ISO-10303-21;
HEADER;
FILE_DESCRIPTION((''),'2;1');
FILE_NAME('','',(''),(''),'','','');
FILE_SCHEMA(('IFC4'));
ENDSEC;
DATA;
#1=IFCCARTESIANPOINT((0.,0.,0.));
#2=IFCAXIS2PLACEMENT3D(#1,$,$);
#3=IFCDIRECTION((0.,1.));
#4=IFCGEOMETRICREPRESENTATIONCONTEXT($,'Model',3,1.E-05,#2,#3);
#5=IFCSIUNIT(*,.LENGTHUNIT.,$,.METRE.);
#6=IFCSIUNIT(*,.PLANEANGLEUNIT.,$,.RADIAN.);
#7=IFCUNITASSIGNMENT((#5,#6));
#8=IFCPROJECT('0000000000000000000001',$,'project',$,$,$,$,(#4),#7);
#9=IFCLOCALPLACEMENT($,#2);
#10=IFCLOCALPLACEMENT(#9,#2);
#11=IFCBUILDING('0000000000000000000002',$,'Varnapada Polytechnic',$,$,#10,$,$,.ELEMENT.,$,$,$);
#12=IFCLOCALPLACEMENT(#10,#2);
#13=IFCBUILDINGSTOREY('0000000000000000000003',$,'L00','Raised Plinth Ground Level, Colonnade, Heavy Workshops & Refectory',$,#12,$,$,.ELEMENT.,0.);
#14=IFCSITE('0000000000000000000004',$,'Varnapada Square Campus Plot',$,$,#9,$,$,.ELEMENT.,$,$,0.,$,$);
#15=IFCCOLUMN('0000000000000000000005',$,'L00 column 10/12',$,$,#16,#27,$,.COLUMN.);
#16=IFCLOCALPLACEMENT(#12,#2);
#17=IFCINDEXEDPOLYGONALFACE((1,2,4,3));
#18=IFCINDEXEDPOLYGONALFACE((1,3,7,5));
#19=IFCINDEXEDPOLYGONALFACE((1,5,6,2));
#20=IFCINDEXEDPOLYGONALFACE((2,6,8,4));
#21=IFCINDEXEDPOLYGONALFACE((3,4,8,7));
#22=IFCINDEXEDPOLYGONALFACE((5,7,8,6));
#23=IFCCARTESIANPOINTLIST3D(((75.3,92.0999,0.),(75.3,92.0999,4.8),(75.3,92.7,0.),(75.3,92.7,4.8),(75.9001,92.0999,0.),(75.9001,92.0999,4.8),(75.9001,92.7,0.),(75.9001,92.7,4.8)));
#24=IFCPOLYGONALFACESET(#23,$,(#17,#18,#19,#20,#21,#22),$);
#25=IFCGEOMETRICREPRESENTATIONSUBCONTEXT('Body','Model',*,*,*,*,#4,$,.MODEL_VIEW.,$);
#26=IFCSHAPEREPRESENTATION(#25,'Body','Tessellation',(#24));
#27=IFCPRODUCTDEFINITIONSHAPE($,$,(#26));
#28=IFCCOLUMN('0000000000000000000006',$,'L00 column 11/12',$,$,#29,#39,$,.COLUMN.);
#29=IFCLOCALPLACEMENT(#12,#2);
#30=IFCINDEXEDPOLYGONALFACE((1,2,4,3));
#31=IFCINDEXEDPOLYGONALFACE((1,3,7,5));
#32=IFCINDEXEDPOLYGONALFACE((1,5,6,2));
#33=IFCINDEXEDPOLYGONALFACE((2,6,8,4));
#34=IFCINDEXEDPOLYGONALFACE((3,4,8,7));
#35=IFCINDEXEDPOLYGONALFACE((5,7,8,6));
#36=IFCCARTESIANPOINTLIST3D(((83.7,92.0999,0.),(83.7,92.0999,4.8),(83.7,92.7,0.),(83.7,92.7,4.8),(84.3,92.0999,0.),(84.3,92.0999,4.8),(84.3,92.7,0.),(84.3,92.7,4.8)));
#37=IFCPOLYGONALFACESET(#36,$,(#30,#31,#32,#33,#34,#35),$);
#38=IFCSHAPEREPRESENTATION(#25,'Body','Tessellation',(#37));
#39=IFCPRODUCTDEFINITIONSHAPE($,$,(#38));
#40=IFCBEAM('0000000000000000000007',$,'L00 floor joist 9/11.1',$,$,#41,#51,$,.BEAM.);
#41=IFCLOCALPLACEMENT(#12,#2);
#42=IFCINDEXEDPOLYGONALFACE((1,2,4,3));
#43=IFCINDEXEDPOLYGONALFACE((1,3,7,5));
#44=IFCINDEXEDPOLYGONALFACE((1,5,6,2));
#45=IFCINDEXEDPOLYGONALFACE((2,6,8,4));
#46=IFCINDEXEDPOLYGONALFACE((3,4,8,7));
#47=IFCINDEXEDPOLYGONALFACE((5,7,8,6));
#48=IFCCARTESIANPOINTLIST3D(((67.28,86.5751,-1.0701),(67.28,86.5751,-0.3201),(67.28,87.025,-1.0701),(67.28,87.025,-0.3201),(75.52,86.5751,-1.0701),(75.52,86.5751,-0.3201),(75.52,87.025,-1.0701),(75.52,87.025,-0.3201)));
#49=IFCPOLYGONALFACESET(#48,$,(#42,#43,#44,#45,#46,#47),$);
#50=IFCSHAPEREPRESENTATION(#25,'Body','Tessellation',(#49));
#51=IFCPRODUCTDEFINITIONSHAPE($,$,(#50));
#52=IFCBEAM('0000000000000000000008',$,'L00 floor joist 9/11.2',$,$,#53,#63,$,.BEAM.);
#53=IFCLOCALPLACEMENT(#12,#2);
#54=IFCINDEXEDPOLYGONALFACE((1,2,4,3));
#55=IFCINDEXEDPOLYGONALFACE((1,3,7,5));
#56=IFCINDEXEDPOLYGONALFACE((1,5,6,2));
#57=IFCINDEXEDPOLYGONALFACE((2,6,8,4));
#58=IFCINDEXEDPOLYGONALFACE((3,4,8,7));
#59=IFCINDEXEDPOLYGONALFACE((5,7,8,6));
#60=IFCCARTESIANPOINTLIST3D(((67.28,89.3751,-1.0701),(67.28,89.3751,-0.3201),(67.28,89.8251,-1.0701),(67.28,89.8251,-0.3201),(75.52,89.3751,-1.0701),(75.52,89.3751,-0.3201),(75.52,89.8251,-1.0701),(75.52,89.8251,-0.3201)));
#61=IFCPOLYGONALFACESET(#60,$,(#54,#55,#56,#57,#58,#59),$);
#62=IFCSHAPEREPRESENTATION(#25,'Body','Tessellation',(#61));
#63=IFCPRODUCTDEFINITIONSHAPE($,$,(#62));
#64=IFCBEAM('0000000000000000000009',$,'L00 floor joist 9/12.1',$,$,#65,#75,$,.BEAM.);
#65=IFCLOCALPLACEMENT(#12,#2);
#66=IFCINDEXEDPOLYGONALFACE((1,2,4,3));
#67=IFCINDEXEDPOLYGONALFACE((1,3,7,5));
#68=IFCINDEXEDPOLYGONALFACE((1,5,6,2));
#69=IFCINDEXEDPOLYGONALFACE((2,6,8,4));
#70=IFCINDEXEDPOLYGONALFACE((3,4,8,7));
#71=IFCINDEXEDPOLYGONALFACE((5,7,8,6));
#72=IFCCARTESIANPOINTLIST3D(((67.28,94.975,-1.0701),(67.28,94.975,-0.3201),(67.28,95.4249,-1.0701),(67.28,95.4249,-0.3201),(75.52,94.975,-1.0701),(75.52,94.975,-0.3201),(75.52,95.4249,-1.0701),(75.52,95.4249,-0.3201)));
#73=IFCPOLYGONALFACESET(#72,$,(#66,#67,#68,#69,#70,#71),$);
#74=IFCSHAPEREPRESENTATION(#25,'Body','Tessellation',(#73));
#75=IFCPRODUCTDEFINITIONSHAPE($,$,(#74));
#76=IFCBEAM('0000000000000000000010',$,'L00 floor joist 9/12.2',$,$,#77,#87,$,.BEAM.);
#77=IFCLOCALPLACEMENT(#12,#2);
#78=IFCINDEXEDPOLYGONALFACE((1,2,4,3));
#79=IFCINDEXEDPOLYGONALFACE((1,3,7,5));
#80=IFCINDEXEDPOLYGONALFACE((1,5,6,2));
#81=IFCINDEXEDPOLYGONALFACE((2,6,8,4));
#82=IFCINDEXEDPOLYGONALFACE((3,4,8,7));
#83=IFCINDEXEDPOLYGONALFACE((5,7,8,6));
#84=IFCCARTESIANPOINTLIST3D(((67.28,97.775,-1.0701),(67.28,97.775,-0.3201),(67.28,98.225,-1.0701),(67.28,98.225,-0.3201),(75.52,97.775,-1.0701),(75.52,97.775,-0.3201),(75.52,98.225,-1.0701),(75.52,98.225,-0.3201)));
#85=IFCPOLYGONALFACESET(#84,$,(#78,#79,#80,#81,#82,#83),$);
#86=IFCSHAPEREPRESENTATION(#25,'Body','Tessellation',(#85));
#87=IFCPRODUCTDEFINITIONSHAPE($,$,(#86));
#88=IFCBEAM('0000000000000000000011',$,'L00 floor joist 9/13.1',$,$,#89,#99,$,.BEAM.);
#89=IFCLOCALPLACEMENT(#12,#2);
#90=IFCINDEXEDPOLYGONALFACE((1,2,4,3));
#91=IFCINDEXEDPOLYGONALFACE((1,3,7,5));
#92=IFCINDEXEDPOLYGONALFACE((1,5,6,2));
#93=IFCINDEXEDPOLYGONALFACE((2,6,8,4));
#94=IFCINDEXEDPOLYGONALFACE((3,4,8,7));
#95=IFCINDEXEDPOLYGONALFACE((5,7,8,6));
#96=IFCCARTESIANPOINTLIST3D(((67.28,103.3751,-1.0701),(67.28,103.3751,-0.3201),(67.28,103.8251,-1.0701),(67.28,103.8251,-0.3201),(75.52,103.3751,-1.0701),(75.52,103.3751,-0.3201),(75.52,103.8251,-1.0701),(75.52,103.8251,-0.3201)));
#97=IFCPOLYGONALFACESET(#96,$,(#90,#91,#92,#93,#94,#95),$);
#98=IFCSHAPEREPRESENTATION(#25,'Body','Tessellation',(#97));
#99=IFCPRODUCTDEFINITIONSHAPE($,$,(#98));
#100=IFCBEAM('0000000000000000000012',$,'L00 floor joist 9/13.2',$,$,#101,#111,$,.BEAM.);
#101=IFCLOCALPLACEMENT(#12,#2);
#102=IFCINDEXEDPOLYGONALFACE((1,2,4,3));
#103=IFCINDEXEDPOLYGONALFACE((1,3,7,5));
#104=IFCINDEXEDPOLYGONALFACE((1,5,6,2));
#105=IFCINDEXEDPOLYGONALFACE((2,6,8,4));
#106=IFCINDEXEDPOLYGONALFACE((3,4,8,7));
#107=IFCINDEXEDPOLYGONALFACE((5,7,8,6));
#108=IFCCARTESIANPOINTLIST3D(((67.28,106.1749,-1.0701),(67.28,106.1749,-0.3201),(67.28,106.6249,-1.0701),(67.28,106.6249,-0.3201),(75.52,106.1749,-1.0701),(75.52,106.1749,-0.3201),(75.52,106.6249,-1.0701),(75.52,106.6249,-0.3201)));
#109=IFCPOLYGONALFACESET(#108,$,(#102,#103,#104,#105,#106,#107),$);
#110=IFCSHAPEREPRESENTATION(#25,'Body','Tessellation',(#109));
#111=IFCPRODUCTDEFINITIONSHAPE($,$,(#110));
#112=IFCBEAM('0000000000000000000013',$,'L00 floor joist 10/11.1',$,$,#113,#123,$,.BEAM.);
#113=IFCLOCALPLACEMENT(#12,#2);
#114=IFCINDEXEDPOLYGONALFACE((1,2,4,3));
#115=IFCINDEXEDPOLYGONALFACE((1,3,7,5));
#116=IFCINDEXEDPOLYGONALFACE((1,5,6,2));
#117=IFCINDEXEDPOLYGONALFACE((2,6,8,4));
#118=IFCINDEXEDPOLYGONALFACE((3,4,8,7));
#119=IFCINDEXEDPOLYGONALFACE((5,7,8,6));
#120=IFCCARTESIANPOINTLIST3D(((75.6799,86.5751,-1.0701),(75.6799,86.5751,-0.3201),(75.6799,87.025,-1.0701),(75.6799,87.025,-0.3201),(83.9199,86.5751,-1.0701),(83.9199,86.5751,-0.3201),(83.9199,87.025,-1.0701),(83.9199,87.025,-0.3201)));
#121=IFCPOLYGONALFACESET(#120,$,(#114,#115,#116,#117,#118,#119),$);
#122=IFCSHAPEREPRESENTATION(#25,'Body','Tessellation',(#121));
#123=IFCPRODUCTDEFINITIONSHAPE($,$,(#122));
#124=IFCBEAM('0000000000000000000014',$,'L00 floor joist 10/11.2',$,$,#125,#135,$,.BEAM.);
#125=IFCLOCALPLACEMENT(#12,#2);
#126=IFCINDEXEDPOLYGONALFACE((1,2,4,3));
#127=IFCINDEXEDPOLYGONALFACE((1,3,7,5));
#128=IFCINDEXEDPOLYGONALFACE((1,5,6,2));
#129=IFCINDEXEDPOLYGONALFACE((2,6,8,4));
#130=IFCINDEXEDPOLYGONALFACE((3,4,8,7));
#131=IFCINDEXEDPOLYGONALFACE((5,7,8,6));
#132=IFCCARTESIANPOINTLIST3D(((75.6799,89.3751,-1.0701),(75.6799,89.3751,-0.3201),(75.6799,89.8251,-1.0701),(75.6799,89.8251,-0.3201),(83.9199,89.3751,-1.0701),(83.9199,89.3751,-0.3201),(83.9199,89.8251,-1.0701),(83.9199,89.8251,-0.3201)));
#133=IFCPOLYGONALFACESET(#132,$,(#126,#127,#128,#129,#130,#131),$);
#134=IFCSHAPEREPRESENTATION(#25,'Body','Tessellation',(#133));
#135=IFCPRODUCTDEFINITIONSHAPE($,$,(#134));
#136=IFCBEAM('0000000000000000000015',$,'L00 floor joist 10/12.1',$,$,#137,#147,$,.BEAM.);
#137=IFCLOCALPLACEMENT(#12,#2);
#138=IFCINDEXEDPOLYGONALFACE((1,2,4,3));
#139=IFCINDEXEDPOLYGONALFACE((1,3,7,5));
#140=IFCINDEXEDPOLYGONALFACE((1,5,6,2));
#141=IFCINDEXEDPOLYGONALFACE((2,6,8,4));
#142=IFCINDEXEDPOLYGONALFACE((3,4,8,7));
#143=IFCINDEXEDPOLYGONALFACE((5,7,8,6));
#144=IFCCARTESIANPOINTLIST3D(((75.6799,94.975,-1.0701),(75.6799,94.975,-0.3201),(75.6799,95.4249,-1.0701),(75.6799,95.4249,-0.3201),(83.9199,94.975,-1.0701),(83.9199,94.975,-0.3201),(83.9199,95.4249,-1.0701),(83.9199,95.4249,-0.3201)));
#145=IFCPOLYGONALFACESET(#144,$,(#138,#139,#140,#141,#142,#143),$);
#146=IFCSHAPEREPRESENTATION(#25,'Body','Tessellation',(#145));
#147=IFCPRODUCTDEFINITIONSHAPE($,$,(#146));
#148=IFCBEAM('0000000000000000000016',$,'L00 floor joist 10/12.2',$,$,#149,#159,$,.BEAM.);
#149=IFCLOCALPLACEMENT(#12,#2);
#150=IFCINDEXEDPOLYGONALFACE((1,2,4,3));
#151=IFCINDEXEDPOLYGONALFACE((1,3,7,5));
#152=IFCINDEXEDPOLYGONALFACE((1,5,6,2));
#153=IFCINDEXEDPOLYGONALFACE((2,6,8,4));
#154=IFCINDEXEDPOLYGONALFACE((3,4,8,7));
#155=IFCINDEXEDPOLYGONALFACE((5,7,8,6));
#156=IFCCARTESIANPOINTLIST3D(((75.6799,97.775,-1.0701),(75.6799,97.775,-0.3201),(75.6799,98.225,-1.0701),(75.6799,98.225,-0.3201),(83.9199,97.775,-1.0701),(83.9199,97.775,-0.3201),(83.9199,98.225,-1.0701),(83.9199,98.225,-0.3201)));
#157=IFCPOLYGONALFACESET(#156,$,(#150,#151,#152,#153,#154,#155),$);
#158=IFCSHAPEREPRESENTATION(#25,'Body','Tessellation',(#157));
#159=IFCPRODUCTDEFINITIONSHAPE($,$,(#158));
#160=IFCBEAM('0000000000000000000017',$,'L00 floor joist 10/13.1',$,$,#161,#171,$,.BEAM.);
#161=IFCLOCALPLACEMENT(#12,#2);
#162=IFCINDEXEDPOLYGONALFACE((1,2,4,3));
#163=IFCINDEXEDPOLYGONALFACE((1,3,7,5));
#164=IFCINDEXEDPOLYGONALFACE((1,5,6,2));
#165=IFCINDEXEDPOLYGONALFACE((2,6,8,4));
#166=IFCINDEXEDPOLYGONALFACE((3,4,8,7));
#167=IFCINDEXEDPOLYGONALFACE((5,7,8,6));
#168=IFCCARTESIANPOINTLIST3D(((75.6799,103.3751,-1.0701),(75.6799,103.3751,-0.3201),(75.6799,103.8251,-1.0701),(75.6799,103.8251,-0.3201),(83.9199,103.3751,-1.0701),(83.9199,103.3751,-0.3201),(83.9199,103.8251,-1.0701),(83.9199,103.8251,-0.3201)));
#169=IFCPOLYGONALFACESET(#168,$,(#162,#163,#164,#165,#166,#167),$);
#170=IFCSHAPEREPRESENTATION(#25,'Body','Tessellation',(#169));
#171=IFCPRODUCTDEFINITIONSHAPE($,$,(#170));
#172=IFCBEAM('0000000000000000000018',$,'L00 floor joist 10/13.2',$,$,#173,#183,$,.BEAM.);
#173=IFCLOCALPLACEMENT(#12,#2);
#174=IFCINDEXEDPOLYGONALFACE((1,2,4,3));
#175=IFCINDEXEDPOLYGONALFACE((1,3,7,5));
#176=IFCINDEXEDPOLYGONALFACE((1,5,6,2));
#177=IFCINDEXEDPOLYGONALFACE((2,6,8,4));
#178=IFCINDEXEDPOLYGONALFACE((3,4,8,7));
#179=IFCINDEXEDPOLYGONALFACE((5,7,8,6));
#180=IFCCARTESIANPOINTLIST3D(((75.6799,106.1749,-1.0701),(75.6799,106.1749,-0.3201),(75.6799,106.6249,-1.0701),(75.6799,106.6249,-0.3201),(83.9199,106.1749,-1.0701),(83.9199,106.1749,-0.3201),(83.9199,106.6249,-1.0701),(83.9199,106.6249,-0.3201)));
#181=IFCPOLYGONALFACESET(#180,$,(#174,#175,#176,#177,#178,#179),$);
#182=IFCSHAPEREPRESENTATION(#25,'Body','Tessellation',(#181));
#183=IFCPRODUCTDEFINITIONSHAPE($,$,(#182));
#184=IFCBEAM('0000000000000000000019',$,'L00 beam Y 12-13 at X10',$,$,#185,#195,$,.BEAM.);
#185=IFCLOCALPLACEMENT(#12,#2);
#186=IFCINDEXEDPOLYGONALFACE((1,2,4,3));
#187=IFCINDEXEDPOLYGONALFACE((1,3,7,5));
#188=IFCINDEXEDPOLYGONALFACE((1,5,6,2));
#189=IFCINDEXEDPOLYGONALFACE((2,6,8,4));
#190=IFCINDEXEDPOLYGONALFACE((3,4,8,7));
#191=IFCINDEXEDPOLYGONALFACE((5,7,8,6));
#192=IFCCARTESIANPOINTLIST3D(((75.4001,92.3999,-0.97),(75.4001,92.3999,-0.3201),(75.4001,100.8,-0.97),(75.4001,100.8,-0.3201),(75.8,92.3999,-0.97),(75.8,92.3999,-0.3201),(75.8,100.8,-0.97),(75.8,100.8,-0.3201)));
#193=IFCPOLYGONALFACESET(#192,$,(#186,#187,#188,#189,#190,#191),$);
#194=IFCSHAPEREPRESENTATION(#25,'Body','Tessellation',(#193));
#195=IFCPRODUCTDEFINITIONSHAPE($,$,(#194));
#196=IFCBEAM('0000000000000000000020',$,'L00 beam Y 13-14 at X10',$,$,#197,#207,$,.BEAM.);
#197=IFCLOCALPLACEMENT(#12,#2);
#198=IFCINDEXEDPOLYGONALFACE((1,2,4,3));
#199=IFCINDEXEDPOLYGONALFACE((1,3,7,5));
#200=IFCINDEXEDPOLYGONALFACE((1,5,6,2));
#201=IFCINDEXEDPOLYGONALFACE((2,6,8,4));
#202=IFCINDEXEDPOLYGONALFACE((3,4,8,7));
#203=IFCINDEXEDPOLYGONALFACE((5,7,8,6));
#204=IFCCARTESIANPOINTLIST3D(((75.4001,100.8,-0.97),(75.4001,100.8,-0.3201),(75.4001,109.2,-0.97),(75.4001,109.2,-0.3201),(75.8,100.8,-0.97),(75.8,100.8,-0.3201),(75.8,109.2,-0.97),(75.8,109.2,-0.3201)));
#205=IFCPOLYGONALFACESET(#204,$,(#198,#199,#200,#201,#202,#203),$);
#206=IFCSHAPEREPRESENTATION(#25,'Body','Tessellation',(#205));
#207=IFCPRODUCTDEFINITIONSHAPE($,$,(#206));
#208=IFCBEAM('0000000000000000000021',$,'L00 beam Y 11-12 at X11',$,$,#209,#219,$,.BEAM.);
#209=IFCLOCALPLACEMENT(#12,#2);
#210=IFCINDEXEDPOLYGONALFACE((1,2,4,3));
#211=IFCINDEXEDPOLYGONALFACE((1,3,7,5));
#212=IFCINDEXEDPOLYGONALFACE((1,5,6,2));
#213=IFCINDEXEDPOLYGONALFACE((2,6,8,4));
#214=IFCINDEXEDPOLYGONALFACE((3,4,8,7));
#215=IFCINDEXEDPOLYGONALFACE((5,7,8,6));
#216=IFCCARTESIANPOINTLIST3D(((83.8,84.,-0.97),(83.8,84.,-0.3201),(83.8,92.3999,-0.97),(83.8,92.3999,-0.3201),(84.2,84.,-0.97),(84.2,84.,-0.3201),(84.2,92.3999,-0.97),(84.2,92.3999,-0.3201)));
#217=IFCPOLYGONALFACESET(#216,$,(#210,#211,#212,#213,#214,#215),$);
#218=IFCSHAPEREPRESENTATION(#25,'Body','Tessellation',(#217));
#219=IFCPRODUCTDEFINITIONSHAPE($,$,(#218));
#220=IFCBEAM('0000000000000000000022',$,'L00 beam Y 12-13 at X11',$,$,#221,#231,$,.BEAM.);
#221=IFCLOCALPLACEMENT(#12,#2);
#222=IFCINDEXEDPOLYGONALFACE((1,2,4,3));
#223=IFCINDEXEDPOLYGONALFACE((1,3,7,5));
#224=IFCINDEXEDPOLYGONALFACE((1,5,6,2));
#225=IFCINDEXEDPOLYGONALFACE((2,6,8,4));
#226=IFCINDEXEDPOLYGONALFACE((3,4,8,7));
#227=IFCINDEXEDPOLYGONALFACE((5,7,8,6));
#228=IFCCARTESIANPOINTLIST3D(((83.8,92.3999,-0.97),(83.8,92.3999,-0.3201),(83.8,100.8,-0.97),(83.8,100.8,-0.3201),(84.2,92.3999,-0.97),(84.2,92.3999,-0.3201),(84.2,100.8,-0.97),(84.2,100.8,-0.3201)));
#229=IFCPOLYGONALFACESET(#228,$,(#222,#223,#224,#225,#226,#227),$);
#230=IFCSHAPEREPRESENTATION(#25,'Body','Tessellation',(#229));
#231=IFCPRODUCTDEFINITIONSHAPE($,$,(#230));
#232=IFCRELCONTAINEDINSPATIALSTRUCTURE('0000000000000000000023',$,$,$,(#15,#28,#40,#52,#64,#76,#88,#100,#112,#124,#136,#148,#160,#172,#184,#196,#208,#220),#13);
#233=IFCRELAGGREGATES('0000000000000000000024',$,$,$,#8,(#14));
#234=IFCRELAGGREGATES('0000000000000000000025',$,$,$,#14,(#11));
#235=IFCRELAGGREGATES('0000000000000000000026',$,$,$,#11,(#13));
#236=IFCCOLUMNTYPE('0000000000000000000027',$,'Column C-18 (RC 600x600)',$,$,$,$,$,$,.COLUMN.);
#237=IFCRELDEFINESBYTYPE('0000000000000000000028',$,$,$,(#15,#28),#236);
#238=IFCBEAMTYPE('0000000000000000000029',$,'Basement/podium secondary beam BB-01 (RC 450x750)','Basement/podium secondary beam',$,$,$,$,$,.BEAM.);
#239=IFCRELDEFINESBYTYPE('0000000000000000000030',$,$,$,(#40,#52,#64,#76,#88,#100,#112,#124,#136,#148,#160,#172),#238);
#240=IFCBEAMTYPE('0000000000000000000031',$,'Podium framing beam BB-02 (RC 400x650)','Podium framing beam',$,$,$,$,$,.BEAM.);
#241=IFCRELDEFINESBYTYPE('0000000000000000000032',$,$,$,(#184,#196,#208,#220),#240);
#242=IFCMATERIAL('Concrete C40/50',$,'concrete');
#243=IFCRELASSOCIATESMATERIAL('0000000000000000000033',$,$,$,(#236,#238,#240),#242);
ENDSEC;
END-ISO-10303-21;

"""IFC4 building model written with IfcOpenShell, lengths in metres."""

from ifc_helpers import new_model, si_unit, direction, frame, origin, origin_2d, place, context, subcontext, project, spatial, rectangle, extrude, material, material_profile, profile_set, type_object, element, save


model = new_model("IFC4")

# Units and contexts
model_context = context("Model", 3, precision=1e-05, world=origin(), true_north=direction((0.0, 1.0)))
body_context = subcontext(model_context, "Body", "Model", "MODEL_VIEW")
ifc_project = project(units=[si_unit("LENGTHUNIT", "METRE"), si_unit("PLANEANGLEUNIT", "RADIAN")], contexts=[model_context])

# Site, building, storey
site_placement = place(None, origin())
site = spatial("IfcSite", under=ifc_project, at=site_placement, Name="Varnapada Square Campus Plot", CompositionType="ELEMENT", RefElevation=0.0)
building_placement = place(site_placement, origin())
building = spatial("IfcBuilding", under=site, at=building_placement, Name="Varnapada Polytechnic", CompositionType="ELEMENT")
storey_placement = place(building_placement, origin())
storey = spatial("IfcBuildingStorey", under=building, at=storey_placement, Name="L00", Description="Raised Plinth Ground Level, Colonnade, Heavy Workshops & Refectory", CompositionType="ELEMENT", Elevation=0.0)

# Columns
ifc_material_1 = material(Name="Concrete C40/50", Category="concrete")
ifc_material_profile_1 = material_profile(ifc_material_1, rectangle(XDim=0.6001, YDim=0.6001, at=origin_2d()), Name="RC 600x600")
ifc_profile_set_1 = profile_set([ifc_material_profile_1], Name="Concrete C40/50")
column_type = type_object("IfcColumnType", Name="Column C-18 (RC 600x600)", PredefinedType="COLUMN", material=ifc_profile_set_1)
for number, where, z_axis, x_axis, name in (
    (1, (75.6001, 92.3999, 0.0), (0.0, 0.0, 1.0), (1.0, 0.0, 0.0), "L00 column 10/12"),
    (2, (84.0, 92.3999, 0.0), (0.0, 0.0, 1.0), (1.0, 0.0, 0.0), "L00 column 11/12"),
):
    element("IfcColumn", number, at=place(storey_placement, frame(where, z_axis=z_axis, x_axis=x_axis)), inside=storey, type_object=column_type, Name=name, PredefinedType="COLUMN", context=body_context, shape_type="SweptSolid", body=[
        extrude(rectangle(XDim=0.6001, YDim=0.6001, at=origin_2d()), origin(), (0.0, 0.0, 1.0), 4.8),
    ])

# Beams
ifc_material_profile_2 = material_profile(ifc_material_1, rectangle(XDim=0.45, YDim=0.75, at=origin_2d()), Name="RC 450x750")
ifc_profile_set_2 = profile_set([ifc_material_profile_2], Name="Concrete C40/50")
beam_type_1 = type_object("IfcBeamType", Name="Basement/podium secondary beam BB-01 (RC 450x750)", Description="Basement/podium secondary beam", PredefinedType="BEAM", material=ifc_profile_set_2)
for number, where, z_axis, x_axis, name in (
    (3, (67.28, 86.8, -0.6951), (1.0, 0.0, 0.0), (0.0, 1.0, 0.0), "L00 floor joist 9/11.1"),
    (4, (67.28, 89.6001, -0.6951), (1.0, 0.0, 0.0), (0.0, 1.0, 0.0), "L00 floor joist 9/11.2"),
    (5, (67.28, 95.2, -0.6951), (1.0, 0.0, 0.0), (0.0, 1.0, 0.0), "L00 floor joist 9/12.1"),
    (6, (67.28, 98.0, -0.6951), (1.0, 0.0, 0.0), (0.0, 1.0, 0.0), "L00 floor joist 9/12.2"),
    (7, (67.28, 103.6001, -0.6951), (1.0, 0.0, 0.0), (0.0, 1.0, 0.0), "L00 floor joist 9/13.1"),
    (8, (67.28, 106.3999, -0.6951), (1.0, 0.0, 0.0), (0.0, 1.0, 0.0), "L00 floor joist 9/13.2"),
    (9, (75.6799, 86.8, -0.6951), (1.0, 0.0, 0.0), (0.0, 1.0, 0.0), "L00 floor joist 10/11.1"),
    (10, (75.6799, 89.6001, -0.6951), (1.0, 0.0, 0.0), (0.0, 1.0, 0.0), "L00 floor joist 10/11.2"),
    (11, (75.6799, 95.2, -0.6951), (1.0, 0.0, 0.0), (0.0, 1.0, 0.0), "L00 floor joist 10/12.1"),
    (12, (75.6799, 98.0, -0.6951), (1.0, 0.0, 0.0), (0.0, 1.0, 0.0), "L00 floor joist 10/12.2"),
    (13, (75.6799, 103.6001, -0.6951), (1.0, 0.0, 0.0), (0.0, 1.0, 0.0), "L00 floor joist 10/13.1"),
    (14, (75.6799, 106.3999, -0.6951), (1.0, 0.0, 0.0), (0.0, 1.0, 0.0), "L00 floor joist 10/13.2"),
):
    element("IfcBeam", number, at=place(storey_placement, frame(where, z_axis=z_axis, x_axis=x_axis)), inside=storey, type_object=beam_type_1, Name=name, PredefinedType="BEAM", context=body_context, shape_type="SweptSolid", body=[
        extrude(rectangle(XDim=0.45, YDim=0.75, at=origin_2d()), origin(), (0.0, 0.0, 1.0), 8.24),
    ])
ifc_material_profile_3 = material_profile(ifc_material_1, rectangle(XDim=0.3999, YDim=0.6499, at=origin_2d()), Name="RC 400x650")
ifc_profile_set_3 = profile_set([ifc_material_profile_3], Name="Concrete C40/50")
beam_type_2 = type_object("IfcBeamType", Name="Podium framing beam BB-02 (RC 400x650)", Description="Podium framing beam", PredefinedType="BEAM", material=ifc_profile_set_3)
beam_1_placement = place(storey_placement, frame((75.6001, 92.3999, -0.645), z_axis=(0.0, 1.0, 0.0), x_axis=(-1.0, 0.0, 0.0)))
element("IfcBeam", 15, at=beam_1_placement, inside=storey, type_object=beam_type_2, Name="L00 beam Y 12-13 at X10", PredefinedType="BEAM", context=body_context, shape_type="SweptSolid", body=[
    extrude(rectangle(XDim=0.3999, YDim=0.6499, at=origin_2d()), origin(), (0.0, 0.0, 1.0), 8.4001),
])
for number, where, z_axis, x_axis, name in (
    (16, (75.6001, 100.8, -0.645), (0.0, 1.0, 0.0), (-1.0, 0.0, 0.0), "L00 beam Y 13-14 at X10"),
    (17, (84.0, 84.0, -0.645), (0.0, 1.0, 0.0), (-1.0, 0.0, 0.0), "L00 beam Y 11-12 at X11"),
):
    element("IfcBeam", number, at=place(storey_placement, frame(where, z_axis=z_axis, x_axis=x_axis)), inside=storey, type_object=beam_type_2, Name=name, PredefinedType="BEAM", context=body_context, shape_type="SweptSolid", body=[
        extrude(rectangle(XDim=0.3999, YDim=0.6499, at=origin_2d()), origin(), (0.0, 0.0, 1.0), 8.3999),
    ])
beam_2_placement = place(storey_placement, frame((84.0, 92.3999, -0.645), z_axis=(0.0, 1.0, 0.0), x_axis=(-1.0, 0.0, 0.0)))
element("IfcBeam", 18, at=beam_2_placement, inside=storey, type_object=beam_type_2, Name="L00 beam Y 12-13 at X11", PredefinedType="BEAM", context=body_context, shape_type="SweptSolid", body=[
    extrude(rectangle(XDim=0.3999, YDim=0.6499, at=origin_2d()), origin(), (0.0, 0.0, 1.0), 8.4001),
])

save(model, "model.ifc")
